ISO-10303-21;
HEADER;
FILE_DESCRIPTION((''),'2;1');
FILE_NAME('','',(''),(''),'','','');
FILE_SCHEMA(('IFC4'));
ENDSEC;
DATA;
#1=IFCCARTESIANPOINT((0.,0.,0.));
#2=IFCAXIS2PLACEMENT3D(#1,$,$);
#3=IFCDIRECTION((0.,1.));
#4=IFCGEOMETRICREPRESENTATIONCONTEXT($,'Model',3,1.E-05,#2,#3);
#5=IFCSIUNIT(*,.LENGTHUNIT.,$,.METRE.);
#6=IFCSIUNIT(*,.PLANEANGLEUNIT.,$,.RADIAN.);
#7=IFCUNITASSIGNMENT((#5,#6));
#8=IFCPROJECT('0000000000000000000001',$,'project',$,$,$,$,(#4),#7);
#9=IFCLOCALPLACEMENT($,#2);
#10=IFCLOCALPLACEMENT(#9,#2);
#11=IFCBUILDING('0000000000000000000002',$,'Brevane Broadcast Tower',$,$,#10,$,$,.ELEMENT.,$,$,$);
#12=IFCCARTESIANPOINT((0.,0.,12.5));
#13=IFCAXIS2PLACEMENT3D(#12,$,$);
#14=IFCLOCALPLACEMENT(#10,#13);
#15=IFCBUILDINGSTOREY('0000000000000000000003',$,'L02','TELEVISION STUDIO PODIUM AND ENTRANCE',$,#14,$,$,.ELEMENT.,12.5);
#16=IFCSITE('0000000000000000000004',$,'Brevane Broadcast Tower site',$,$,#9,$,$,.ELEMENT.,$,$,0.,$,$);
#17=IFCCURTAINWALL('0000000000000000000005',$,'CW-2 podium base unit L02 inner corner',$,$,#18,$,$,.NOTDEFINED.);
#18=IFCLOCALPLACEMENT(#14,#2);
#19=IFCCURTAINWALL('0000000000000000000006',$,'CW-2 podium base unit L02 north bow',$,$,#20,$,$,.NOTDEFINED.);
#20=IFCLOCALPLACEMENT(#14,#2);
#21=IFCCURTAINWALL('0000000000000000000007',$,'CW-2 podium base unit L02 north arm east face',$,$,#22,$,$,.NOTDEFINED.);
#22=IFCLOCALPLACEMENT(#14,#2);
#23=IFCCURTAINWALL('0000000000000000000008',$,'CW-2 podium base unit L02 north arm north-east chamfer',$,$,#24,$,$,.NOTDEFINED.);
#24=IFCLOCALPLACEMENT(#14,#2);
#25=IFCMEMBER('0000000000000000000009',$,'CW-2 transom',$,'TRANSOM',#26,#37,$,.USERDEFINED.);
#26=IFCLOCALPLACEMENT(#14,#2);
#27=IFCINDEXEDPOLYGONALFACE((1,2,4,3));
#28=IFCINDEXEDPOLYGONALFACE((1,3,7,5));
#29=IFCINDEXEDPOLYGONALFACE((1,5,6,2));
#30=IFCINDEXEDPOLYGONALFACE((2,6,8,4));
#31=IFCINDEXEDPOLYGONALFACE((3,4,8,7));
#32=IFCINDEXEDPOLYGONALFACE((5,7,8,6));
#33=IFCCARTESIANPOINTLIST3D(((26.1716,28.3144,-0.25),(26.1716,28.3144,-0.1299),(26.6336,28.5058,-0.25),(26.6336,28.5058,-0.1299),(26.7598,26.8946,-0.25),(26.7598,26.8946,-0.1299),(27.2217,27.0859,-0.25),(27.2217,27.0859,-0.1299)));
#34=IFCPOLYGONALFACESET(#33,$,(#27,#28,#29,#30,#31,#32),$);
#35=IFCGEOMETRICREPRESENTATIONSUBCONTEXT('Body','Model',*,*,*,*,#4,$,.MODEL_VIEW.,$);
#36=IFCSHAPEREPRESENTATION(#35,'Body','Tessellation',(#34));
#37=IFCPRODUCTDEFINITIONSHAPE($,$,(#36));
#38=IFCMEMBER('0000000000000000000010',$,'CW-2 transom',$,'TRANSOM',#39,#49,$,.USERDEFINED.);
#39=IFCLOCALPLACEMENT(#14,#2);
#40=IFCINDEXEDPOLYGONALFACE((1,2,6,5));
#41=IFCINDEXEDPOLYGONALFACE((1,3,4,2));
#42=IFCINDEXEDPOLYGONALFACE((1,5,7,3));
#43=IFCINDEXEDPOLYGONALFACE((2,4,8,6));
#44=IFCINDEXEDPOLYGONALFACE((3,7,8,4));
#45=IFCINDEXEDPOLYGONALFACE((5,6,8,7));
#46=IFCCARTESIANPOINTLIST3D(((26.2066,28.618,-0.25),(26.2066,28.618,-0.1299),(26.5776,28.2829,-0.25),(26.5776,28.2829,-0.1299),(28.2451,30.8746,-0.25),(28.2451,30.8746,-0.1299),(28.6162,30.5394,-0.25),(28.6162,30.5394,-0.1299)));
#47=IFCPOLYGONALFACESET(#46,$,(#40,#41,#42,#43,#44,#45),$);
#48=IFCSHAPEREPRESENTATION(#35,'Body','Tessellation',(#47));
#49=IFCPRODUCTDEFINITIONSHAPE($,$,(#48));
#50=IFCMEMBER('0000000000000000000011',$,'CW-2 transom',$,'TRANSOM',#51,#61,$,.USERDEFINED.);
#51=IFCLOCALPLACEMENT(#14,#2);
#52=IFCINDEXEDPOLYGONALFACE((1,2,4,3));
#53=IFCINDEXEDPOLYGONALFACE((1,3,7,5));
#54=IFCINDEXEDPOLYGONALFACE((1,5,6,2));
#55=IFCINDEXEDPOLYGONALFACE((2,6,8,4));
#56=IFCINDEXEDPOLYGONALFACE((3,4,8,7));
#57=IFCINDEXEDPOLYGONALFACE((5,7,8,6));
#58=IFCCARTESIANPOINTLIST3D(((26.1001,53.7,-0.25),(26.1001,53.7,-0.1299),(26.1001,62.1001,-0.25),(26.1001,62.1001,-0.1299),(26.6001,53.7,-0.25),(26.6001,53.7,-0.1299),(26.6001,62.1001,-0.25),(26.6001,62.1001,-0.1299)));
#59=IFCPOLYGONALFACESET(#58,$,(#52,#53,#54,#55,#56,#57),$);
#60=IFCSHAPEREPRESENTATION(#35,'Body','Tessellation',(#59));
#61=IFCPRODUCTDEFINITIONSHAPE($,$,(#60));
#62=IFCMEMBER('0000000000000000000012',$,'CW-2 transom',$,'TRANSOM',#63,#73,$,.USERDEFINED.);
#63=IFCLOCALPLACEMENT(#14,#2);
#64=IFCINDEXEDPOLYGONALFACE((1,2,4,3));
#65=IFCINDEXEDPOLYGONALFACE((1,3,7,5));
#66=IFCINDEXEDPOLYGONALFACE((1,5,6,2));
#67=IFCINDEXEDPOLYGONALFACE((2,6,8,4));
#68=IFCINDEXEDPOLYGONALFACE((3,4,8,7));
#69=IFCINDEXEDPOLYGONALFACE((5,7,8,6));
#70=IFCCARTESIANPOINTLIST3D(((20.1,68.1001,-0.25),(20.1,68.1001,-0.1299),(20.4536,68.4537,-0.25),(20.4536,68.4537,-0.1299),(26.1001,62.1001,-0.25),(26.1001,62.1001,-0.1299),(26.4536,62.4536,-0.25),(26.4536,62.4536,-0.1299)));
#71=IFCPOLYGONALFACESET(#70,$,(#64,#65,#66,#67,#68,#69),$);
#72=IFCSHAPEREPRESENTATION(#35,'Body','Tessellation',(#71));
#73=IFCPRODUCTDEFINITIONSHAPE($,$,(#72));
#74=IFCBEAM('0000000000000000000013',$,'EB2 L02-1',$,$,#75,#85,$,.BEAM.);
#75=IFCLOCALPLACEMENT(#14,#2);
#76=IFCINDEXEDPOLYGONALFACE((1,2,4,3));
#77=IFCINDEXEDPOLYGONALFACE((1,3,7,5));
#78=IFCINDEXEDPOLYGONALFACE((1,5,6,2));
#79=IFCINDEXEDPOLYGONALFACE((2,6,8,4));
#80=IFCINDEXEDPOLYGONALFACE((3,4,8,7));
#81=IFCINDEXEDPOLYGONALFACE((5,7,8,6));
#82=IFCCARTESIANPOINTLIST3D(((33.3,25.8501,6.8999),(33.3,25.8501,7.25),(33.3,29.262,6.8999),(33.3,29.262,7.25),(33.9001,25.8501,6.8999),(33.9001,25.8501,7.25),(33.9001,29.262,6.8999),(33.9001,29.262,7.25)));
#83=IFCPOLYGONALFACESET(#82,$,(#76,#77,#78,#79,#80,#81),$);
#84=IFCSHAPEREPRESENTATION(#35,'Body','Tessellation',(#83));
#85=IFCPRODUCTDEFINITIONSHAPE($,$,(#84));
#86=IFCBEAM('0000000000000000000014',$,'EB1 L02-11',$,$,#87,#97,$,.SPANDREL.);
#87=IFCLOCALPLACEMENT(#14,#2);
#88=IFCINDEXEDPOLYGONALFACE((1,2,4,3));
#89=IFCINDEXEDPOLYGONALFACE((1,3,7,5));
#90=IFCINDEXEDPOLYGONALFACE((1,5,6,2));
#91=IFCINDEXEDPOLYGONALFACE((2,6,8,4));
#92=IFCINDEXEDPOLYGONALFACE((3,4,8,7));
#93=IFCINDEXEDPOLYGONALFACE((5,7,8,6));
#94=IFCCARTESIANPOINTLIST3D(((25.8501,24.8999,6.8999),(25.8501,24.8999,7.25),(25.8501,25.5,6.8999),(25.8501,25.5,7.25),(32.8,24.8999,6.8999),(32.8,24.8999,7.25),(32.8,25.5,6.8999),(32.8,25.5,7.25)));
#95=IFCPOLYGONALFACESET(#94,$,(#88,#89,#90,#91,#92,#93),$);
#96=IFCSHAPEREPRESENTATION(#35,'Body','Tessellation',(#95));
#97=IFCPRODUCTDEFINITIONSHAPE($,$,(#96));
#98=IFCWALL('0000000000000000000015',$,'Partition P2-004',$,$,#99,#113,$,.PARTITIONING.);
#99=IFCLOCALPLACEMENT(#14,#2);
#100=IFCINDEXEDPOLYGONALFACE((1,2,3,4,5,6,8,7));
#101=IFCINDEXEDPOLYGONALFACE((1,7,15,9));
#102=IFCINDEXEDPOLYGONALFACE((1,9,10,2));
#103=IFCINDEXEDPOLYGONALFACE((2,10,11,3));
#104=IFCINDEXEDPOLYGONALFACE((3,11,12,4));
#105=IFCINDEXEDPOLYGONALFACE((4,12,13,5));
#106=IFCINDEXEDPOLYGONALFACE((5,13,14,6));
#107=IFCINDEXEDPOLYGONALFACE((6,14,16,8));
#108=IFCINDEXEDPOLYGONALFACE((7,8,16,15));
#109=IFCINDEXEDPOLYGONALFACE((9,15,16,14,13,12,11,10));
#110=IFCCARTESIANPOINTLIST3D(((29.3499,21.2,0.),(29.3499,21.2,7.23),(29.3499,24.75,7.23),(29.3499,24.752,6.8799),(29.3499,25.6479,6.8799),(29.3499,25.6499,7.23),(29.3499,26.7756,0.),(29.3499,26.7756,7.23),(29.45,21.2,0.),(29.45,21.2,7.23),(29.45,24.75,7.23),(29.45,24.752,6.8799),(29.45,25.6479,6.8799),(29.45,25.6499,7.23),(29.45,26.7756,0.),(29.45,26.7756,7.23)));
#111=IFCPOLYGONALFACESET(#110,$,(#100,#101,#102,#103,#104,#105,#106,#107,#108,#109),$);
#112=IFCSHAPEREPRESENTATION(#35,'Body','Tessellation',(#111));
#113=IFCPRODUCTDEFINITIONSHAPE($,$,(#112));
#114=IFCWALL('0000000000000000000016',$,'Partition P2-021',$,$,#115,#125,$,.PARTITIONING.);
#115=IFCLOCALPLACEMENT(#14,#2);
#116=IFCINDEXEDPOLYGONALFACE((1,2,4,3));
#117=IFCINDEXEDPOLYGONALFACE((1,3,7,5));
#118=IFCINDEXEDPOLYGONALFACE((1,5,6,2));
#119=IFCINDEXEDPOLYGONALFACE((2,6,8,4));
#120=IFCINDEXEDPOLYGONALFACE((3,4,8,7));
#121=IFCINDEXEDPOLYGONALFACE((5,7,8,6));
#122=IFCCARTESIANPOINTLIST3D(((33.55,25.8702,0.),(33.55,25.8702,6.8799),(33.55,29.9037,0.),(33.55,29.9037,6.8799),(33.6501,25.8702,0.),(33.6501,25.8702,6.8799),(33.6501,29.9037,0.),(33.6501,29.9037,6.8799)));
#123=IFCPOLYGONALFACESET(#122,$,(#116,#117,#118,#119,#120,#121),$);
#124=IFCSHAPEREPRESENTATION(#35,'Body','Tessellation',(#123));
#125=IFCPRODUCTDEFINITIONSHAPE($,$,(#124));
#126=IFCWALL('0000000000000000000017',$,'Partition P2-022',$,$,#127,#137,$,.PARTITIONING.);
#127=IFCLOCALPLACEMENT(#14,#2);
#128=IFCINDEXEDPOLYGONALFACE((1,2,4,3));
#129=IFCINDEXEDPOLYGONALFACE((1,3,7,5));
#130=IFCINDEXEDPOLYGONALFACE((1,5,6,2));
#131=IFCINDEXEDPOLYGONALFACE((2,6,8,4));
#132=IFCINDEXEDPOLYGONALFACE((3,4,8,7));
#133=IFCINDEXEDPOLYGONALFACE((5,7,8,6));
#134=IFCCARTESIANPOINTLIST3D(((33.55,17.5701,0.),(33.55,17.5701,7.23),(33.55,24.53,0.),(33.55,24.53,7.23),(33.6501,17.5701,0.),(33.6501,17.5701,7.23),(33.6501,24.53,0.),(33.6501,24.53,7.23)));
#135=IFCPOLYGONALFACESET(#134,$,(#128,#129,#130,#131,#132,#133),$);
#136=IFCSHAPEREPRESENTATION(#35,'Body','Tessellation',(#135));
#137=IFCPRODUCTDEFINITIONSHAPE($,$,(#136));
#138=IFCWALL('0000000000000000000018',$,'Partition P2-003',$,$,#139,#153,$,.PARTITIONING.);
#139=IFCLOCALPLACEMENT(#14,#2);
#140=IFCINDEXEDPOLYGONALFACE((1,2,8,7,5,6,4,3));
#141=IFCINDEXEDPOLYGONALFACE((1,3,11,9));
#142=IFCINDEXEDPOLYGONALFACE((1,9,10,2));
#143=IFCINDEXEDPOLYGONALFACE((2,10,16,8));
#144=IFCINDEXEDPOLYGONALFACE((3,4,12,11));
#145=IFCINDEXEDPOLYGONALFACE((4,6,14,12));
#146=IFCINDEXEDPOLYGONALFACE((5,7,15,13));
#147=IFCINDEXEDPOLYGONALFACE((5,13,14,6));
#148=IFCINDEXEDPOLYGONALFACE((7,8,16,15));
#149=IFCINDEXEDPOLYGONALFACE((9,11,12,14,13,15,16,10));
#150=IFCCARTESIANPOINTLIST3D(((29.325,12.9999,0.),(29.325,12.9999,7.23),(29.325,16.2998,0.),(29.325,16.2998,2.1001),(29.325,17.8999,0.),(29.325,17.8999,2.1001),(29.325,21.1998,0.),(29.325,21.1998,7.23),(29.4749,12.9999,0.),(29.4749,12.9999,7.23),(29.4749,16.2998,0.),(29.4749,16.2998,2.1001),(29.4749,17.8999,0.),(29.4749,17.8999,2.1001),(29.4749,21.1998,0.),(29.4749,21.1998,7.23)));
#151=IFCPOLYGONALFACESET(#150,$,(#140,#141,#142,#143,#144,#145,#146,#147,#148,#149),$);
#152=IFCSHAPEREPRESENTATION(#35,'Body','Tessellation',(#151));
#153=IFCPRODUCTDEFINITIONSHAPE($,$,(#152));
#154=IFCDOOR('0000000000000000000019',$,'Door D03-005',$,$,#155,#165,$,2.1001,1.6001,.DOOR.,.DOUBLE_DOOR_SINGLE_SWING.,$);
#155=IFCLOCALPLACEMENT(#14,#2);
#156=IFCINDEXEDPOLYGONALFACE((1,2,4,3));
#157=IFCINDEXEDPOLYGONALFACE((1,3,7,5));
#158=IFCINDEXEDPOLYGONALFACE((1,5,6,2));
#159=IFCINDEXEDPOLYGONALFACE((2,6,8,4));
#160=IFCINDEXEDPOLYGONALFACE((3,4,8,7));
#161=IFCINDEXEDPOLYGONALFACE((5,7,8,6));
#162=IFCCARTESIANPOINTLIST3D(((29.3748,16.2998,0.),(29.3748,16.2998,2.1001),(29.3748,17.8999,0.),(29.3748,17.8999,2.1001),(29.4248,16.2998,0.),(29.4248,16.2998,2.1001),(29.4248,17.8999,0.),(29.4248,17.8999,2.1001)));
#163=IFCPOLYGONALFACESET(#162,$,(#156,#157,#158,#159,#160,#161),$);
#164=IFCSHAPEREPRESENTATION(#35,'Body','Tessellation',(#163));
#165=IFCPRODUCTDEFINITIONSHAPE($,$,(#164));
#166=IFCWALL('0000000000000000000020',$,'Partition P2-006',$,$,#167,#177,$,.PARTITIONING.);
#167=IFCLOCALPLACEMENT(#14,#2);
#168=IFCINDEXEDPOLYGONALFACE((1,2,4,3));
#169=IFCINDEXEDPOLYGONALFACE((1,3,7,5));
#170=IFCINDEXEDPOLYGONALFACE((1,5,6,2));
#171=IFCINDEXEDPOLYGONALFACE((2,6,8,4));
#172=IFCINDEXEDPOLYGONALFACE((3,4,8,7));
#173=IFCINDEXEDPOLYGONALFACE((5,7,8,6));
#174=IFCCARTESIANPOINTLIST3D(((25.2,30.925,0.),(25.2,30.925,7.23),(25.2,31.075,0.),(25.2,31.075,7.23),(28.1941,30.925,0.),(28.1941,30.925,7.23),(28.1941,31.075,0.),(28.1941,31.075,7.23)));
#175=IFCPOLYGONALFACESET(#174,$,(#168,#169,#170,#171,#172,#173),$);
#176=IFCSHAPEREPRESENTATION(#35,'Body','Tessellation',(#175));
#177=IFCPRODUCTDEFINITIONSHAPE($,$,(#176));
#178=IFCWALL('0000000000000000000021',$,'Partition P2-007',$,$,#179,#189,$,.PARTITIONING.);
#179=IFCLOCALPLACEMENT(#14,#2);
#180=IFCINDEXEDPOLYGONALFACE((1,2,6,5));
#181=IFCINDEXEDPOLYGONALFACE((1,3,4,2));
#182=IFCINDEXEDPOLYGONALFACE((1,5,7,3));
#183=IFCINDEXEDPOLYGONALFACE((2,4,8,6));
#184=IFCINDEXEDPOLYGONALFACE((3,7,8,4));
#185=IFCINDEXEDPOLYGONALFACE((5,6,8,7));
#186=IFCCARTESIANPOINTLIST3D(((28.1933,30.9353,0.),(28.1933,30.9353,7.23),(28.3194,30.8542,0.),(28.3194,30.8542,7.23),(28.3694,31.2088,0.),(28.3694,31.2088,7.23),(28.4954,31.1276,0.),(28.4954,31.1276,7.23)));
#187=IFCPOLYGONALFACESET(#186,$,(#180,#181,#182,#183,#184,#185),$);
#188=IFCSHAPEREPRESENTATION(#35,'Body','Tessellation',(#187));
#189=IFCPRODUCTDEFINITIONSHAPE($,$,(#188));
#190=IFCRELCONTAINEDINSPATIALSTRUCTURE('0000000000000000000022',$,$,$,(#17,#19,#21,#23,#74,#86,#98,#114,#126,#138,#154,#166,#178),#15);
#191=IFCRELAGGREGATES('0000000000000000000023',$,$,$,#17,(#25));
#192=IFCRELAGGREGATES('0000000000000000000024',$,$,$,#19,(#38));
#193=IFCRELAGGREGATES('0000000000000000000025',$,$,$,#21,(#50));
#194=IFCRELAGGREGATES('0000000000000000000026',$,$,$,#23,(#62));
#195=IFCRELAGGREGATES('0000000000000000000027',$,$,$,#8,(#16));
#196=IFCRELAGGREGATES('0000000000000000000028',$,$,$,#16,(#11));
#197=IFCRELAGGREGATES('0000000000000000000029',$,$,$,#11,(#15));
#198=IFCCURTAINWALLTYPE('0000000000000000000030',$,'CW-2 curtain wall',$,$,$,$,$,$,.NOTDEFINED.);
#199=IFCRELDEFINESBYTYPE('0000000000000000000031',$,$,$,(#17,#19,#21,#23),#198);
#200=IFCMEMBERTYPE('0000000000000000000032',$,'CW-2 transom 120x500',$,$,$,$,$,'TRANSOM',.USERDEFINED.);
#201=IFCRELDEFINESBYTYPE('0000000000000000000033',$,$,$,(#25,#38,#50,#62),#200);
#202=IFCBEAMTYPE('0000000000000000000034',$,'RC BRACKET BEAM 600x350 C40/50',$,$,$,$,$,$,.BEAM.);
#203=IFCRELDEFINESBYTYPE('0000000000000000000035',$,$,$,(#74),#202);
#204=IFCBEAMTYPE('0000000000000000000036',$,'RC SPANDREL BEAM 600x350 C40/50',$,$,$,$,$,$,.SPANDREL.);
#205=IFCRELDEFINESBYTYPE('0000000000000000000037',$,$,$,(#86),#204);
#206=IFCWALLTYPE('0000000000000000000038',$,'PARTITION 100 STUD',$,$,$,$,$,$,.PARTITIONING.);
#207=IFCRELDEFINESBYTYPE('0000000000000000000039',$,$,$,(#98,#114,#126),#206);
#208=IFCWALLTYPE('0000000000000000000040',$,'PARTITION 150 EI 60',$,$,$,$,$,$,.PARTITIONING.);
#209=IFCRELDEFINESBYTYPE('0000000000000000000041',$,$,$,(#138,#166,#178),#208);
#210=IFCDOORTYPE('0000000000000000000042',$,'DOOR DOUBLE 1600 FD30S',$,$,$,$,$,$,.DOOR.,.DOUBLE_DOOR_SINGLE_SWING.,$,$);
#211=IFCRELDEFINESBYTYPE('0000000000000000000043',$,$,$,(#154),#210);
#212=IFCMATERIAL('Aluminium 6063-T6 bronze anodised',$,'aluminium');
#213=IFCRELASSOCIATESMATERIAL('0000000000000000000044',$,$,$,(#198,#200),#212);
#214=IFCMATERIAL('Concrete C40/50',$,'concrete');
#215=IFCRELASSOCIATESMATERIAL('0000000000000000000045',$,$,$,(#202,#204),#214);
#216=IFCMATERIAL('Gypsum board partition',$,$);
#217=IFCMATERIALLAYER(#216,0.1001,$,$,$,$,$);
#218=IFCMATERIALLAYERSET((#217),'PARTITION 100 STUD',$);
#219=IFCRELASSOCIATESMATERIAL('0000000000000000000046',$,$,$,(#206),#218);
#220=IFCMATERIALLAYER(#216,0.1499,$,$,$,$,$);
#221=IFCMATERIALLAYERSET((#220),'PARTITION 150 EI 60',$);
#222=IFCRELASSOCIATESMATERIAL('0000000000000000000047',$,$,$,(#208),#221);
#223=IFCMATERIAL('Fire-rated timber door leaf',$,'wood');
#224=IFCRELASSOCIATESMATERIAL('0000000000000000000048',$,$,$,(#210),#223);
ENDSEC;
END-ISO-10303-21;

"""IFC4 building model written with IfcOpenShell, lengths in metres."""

from ifc_helpers import new_model, si_unit, direction, frame, frame_2d, origin, origin_2d, place, context, subcontext, project, spatial, polyline, rectangle, outline, extrude, material, layer, layer_set, material_profile, profile_set, type_object, element, fill, aggregate, save


model = new_model("IFC4")

# Units and contexts
model_context = context("Model", 3, precision=1e-05, world=origin(), true_north=direction((0.0, 1.0)))
body_context = subcontext(model_context, "Body", "Model", "MODEL_VIEW")
ifc_project = project(units=[si_unit("LENGTHUNIT", "METRE"), si_unit("PLANEANGLEUNIT", "RADIAN")], contexts=[model_context])

# Site, building, storey
site_placement = place(None, origin())
site = spatial("IfcSite", under=ifc_project, at=site_placement, Name="Brevane Broadcast Tower site", CompositionType="ELEMENT", RefElevation=0.0)
building_placement = place(site_placement, origin())
building = spatial("IfcBuilding", under=site, at=building_placement, Name="Brevane Broadcast Tower", CompositionType="ELEMENT")
storey_placement = place(building_placement, frame((0.0, 0.0, 12.5)))
storey = spatial("IfcBuildingStorey", under=building, at=storey_placement, Name="L02", Description="TELEVISION STUDIO PODIUM AND ENTRANCE", CompositionType="ELEMENT", Elevation=12.5)

# Curtain wall
ifc_material_1 = material(Name="Aluminium 6063-T6 bronze anodised", Category="aluminium")
curtain_wall_type = type_object("IfcCurtainWallType", Name="CW-2 curtain wall", PredefinedType="NOTDEFINED", material=ifc_material_1)
curtain_wall_1_placement = place(storey_placement, origin())
curtain_wall_1 = element("IfcCurtainWall", 1, at=curtain_wall_1_placement, inside=storey, type_object=curtain_wall_type, Name="CW-2 podium base unit L02 inner corner", PredefinedType="NOTDEFINED")

# Curtain wall
curtain_wall_2_placement = place(storey_placement, origin())
curtain_wall_2 = element("IfcCurtainWall", 2, at=curtain_wall_2_placement, inside=storey, type_object=curtain_wall_type, Name="CW-2 podium base unit L02 north bow", PredefinedType="NOTDEFINED")

# Curtain wall
curtain_wall_3_placement = place(storey_placement, origin())
curtain_wall_3 = element("IfcCurtainWall", 3, at=curtain_wall_3_placement, inside=storey, type_object=curtain_wall_type, Name="CW-2 podium base unit L02 north arm east face", PredefinedType="NOTDEFINED")

# Curtain wall
curtain_wall_4_placement = place(storey_placement, origin())
curtain_wall_4 = element("IfcCurtainWall", 4, at=curtain_wall_4_placement, inside=storey, type_object=curtain_wall_type, Name="CW-2 podium base unit L02 north arm north-east chamfer", PredefinedType="NOTDEFINED")

# Members
ifc_material_profile_1 = material_profile(ifc_material_1, rectangle(XDim=0.5, YDim=0.1201, at=origin_2d()), Name="RECT 120x500")
ifc_profile_set_1 = profile_set([ifc_material_profile_1], Name="Aluminium 6063-T6 bronze anodised")
member_type_1 = type_object("IfcMemberType", Name="CW-2 transom 120x500", ElementType="TRANSOM", PredefinedType="USERDEFINED", material=ifc_profile_set_1)
member_1_placement = place(storey_placement, frame((26.9907, 26.9902, -0.1899), z_axis=(-0.382674, 0.923883, 0.0), x_axis=(-0.923883, -0.382674, 0.0)))
member_1 = element("IfcMember", 5, at=member_1_placement, type_object=member_type_1, Name="CW-2 transom", ObjectType="TRANSOM", PredefinedType="USERDEFINED", context=body_context, shape_type="SweptSolid", body=[
    extrude(rectangle(XDim=0.5, YDim=0.1201, at=origin_2d()), origin(), (0.0, 0.0, 1.0), 1.5369),
])
aggregate(curtain_wall_1, [member_1])
member_2_placement = place(storey_placement, frame((26.3921, 28.4504, -0.1899), z_axis=(0.670352, 0.742043, 0.0), x_axis=(-0.742043, 0.670352, 0.0)))
member_2 = element("IfcMember", 6, at=member_2_placement, type_object=member_type_1, Name="CW-2 transom", ObjectType="TRANSOM", PredefinedType="USERDEFINED", context=body_context, shape_type="SweptSolid", body=[
    extrude(rectangle(XDim=0.5, YDim=0.1201, at=origin_2d()), origin(), (0.0, 0.0, 1.0), 3.041),
])
aggregate(curtain_wall_2, [member_2])
member_3_placement = place(storey_placement, frame((26.3501, 53.7, -0.1899), z_axis=(0.0, 1.0, 0.0), x_axis=(-1.0, 0.0, 0.0)))
member_3 = element("IfcMember", 7, at=member_3_placement, type_object=member_type_1, Name="CW-2 transom", ObjectType="TRANSOM", PredefinedType="USERDEFINED", context=body_context, shape_type="SweptSolid", body=[
    extrude(rectangle(XDim=0.5, YDim=0.1201, at=origin_2d()), origin(), (0.0, 0.0, 1.0), 8.4001),
])
aggregate(curtain_wall_3, [member_3])
member_4_placement = place(storey_placement, frame((26.2769, 62.2769, -0.1899), z_axis=(-0.707107, 0.707107, 0.0), x_axis=(-0.707107, -0.707107, 0.0)))
member_4 = element("IfcMember", 8, at=member_4_placement, type_object=member_type_1, Name="CW-2 transom", ObjectType="TRANSOM", PredefinedType="USERDEFINED", context=body_context, shape_type="SweptSolid", body=[
    extrude(rectangle(XDim=0.5, YDim=0.1201, at=origin_2d()), origin(), (0.0, 0.0, 1.0), 8.4854),
])
aggregate(curtain_wall_4, [member_4])

# Beams
ifc_material_2 = material(Name="Concrete C40/50", Category="concrete")
ifc_material_profile_2 = material_profile(ifc_material_2, rectangle(XDim=0.6001, YDim=0.3501, at=origin_2d()), Name="RC 600x350")
ifc_profile_set_2 = profile_set([ifc_material_profile_2], Name="Concrete C40/50")
beam_type_1 = type_object("IfcBeamType", Name="RC BRACKET BEAM 600x350 C40/50", PredefinedType="BEAM", material=ifc_profile_set_2)
beam_1_placement = place(storey_placement, frame((33.6001, 25.8501, 7.075), z_axis=(0.0, 1.0, 0.0), x_axis=(-1.0, 0.0, 0.0)))
element("IfcBeam", 9, at=beam_1_placement, inside=storey, type_object=beam_type_1, Name="EB2 L02-1", PredefinedType="BEAM", context=body_context, shape_type="SweptSolid", body=[
    extrude(rectangle(XDim=0.6001, YDim=0.3501, at=origin_2d()), origin(), (0.0, 0.0, 1.0), 3.4119),
])
ifc_material_profile_3 = material_profile(ifc_material_2, rectangle(XDim=0.6001, YDim=0.3501, at=origin_2d()), Name="RC 600x350")
ifc_profile_set_3 = profile_set([ifc_material_profile_3], Name="Concrete C40/50")
beam_type_2 = type_object("IfcBeamType", Name="RC SPANDREL BEAM 600x350 C40/50", PredefinedType="SPANDREL", material=ifc_profile_set_3)
beam_2_placement = place(storey_placement, frame((32.8, 25.2, 7.075), z_axis=(-1.0, 0.0, 0.0), x_axis=(0.0, -1.0, 0.0)))
element("IfcBeam", 10, at=beam_2_placement, inside=storey, type_object=beam_type_2, Name="EB1 L02-11", PredefinedType="SPANDREL", context=body_context, shape_type="SweptSolid", body=[
    extrude(rectangle(XDim=0.6001, YDim=0.3501, at=origin_2d()), origin(), (0.0, 0.0, 1.0), 6.95),
])

# Walls
ifc_material_3 = material(Name="Gypsum board partition")
ifc_layer_1 = layer(ifc_material_3, 0.1001)
ifc_layer_set_1 = layer_set([ifc_layer_1], Name="PARTITION 100 STUD")
wall_type_1 = type_object("IfcWallType", Name="PARTITION 100 STUD", PredefinedType="PARTITIONING", material=ifc_layer_set_1)
wall_1_placement = place(storey_placement, frame((29.3999, 26.7756, 0.0), z_axis=(0.0, 0.0, 1.0), x_axis=(0.0, -1.0, 0.0)))
element("IfcWall", 11, at=wall_1_placement, inside=storey, type_object=wall_type_1, Name="Partition P2-004", PredefinedType="PARTITIONING", context=body_context, shape_type="SweptSolid", body=[
    extrude(outline(polyline([(0.0, 0.0), (5.5757, 0.0), (5.5757, 7.23), (2.0256, 7.23), (2.0237, 6.8799), (1.1277, 6.8799), (1.1257, 7.23), (0.0, 7.23), (0.0, 0.0)])), frame((0.0, 0.05, 0.0), z_axis=(0.0, -1.0, 0.0), x_axis=(1.0, 0.0, 0.0)), (0.0, 0.0, 1.0), 0.1001),
])
wall_2_placement = place(storey_placement, frame((33.6001, 29.9036, 0.0), z_axis=(0.0, 0.0, 1.0), x_axis=(0.0, -1.0, 0.0)))
element("IfcWall", 12, at=wall_2_placement, inside=storey, type_object=wall_type_1, Name="Partition P2-021", PredefinedType="PARTITIONING", context=body_context, shape_type="SweptSolid", body=[
    extrude(rectangle(XDim=4.0334, YDim=0.1001, at=frame_2d((2.0166, 0.0))), origin(), (0.0, 0.0, 1.0), 6.8799),
])
wall_3_placement = place(storey_placement, frame((33.6001, 24.53, 0.0), z_axis=(0.0, 0.0, 1.0), x_axis=(0.0, -1.0, 0.0)))
element("IfcWall", 13, at=wall_3_placement, inside=storey, type_object=wall_type_1, Name="Partition P2-022", PredefinedType="PARTITIONING", context=body_context, shape_type="SweptSolid", body=[
    extrude(rectangle(XDim=6.96, YDim=0.1001, at=frame_2d((3.48, 0.0))), origin(), (0.0, 0.0, 1.0), 7.23),
])

# Wall, opening, door
ifc_layer_2 = layer(ifc_material_3, 0.1499)
ifc_layer_set_2 = layer_set([ifc_layer_2], Name="PARTITION 150 EI 60")
wall_type_2 = type_object("IfcWallType", Name="PARTITION 150 EI 60", PredefinedType="PARTITIONING", material=ifc_layer_set_2)
wall_4_placement = place(storey_placement, frame((29.3999, 21.2, 0.0), z_axis=(0.0, 0.0, 1.0), x_axis=(0.0, -1.0, 0.0)))
wall_4 = element("IfcWall", 14, at=wall_4_placement, inside=storey, type_object=wall_type_2, Name="Partition P2-003", PredefinedType="PARTITIONING", context=body_context, shape_type="SweptSolid", body=[
    extrude(rectangle(XDim=8.2, YDim=0.1499, at=frame_2d((4.1001, 0.0))), origin(), (0.0, 0.0, 1.0), 7.23),
])
opening_placement = place(wall_4_placement, frame((3.3, 0.0, 0.0)))
opening = element("IfcOpeningElement", 15, at=opening_placement, cuts=wall_4, PredefinedType="OPENING", context=body_context, shape_type="SweptSolid", body=[
    extrude(rectangle(XDim=1.6001, YDim=2.1001, at=frame_2d((0.8, 1.05))), frame((0.0, 0.085, 0.0), z_axis=(0.0, -1.0, 0.0), x_axis=(1.0, 0.0, 0.0)), (0.0, 0.0, 1.0), 0.1699),
])
ifc_material_4 = material(Name="Fire-rated timber door leaf", Category="wood")
door_type = type_object("IfcDoorType", Name="DOOR DOUBLE 1600 FD30S", OperationType="DOUBLE_DOOR_SINGLE_SWING", PredefinedType="DOOR", material=ifc_material_4)
door_placement = place(opening_placement, origin())
door = element("IfcDoor", 16, at=door_placement, inside=storey, type_object=door_type, Name="Door D03-005", OperationType="DOUBLE_DOOR_SINGLE_SWING", OverallHeight=2.1001, OverallWidth=1.6001, PredefinedType="DOOR", context=body_context, shape_type="SweptSolid", body=[
    extrude(rectangle(XDim=1.6001, YDim=2.1001, at=frame_2d((0.8, 1.05))), frame((0.0, 0.0249, 0.0), z_axis=(0.0, -1.0, 0.0), x_axis=(1.0, 0.0, 0.0)), (0.0, 0.0, 1.0), 0.05),
])
fill(opening, door)

# Walls
wall_5_placement = place(storey_placement, frame((25.2, 31.0, 0.0), z_axis=(0.0, 0.0, 1.0), x_axis=(1.0, 0.0, 0.0)))
element("IfcWall", 17, at=wall_5_placement, inside=storey, type_object=wall_type_2, Name="Partition P2-006", PredefinedType="PARTITIONING", context=body_context, shape_type="SweptSolid", body=[
    extrude(rectangle(XDim=2.9941, YDim=0.1499, at=frame_2d((1.4971, 0.0))), origin(), (0.0, 0.0, 1.0), 7.23),
])
wall_6_placement = place(storey_placement, frame((28.4324, 31.1682, 0.0), z_axis=(0.0, 0.0, 1.0), x_axis=(-0.541289, -0.840837, 0.0)))
element("IfcWall", 18, at=wall_6_placement, inside=storey, type_object=wall_type_2, Name="Partition P2-007", PredefinedType="PARTITIONING", context=body_context, shape_type="SweptSolid", body=[
    extrude(rectangle(XDim=0.3252, YDim=0.1499, at=frame_2d((0.1626, 0.0))), origin(), (0.0, 0.0, 1.0), 7.23),
])

save(model, "model.ifc")
